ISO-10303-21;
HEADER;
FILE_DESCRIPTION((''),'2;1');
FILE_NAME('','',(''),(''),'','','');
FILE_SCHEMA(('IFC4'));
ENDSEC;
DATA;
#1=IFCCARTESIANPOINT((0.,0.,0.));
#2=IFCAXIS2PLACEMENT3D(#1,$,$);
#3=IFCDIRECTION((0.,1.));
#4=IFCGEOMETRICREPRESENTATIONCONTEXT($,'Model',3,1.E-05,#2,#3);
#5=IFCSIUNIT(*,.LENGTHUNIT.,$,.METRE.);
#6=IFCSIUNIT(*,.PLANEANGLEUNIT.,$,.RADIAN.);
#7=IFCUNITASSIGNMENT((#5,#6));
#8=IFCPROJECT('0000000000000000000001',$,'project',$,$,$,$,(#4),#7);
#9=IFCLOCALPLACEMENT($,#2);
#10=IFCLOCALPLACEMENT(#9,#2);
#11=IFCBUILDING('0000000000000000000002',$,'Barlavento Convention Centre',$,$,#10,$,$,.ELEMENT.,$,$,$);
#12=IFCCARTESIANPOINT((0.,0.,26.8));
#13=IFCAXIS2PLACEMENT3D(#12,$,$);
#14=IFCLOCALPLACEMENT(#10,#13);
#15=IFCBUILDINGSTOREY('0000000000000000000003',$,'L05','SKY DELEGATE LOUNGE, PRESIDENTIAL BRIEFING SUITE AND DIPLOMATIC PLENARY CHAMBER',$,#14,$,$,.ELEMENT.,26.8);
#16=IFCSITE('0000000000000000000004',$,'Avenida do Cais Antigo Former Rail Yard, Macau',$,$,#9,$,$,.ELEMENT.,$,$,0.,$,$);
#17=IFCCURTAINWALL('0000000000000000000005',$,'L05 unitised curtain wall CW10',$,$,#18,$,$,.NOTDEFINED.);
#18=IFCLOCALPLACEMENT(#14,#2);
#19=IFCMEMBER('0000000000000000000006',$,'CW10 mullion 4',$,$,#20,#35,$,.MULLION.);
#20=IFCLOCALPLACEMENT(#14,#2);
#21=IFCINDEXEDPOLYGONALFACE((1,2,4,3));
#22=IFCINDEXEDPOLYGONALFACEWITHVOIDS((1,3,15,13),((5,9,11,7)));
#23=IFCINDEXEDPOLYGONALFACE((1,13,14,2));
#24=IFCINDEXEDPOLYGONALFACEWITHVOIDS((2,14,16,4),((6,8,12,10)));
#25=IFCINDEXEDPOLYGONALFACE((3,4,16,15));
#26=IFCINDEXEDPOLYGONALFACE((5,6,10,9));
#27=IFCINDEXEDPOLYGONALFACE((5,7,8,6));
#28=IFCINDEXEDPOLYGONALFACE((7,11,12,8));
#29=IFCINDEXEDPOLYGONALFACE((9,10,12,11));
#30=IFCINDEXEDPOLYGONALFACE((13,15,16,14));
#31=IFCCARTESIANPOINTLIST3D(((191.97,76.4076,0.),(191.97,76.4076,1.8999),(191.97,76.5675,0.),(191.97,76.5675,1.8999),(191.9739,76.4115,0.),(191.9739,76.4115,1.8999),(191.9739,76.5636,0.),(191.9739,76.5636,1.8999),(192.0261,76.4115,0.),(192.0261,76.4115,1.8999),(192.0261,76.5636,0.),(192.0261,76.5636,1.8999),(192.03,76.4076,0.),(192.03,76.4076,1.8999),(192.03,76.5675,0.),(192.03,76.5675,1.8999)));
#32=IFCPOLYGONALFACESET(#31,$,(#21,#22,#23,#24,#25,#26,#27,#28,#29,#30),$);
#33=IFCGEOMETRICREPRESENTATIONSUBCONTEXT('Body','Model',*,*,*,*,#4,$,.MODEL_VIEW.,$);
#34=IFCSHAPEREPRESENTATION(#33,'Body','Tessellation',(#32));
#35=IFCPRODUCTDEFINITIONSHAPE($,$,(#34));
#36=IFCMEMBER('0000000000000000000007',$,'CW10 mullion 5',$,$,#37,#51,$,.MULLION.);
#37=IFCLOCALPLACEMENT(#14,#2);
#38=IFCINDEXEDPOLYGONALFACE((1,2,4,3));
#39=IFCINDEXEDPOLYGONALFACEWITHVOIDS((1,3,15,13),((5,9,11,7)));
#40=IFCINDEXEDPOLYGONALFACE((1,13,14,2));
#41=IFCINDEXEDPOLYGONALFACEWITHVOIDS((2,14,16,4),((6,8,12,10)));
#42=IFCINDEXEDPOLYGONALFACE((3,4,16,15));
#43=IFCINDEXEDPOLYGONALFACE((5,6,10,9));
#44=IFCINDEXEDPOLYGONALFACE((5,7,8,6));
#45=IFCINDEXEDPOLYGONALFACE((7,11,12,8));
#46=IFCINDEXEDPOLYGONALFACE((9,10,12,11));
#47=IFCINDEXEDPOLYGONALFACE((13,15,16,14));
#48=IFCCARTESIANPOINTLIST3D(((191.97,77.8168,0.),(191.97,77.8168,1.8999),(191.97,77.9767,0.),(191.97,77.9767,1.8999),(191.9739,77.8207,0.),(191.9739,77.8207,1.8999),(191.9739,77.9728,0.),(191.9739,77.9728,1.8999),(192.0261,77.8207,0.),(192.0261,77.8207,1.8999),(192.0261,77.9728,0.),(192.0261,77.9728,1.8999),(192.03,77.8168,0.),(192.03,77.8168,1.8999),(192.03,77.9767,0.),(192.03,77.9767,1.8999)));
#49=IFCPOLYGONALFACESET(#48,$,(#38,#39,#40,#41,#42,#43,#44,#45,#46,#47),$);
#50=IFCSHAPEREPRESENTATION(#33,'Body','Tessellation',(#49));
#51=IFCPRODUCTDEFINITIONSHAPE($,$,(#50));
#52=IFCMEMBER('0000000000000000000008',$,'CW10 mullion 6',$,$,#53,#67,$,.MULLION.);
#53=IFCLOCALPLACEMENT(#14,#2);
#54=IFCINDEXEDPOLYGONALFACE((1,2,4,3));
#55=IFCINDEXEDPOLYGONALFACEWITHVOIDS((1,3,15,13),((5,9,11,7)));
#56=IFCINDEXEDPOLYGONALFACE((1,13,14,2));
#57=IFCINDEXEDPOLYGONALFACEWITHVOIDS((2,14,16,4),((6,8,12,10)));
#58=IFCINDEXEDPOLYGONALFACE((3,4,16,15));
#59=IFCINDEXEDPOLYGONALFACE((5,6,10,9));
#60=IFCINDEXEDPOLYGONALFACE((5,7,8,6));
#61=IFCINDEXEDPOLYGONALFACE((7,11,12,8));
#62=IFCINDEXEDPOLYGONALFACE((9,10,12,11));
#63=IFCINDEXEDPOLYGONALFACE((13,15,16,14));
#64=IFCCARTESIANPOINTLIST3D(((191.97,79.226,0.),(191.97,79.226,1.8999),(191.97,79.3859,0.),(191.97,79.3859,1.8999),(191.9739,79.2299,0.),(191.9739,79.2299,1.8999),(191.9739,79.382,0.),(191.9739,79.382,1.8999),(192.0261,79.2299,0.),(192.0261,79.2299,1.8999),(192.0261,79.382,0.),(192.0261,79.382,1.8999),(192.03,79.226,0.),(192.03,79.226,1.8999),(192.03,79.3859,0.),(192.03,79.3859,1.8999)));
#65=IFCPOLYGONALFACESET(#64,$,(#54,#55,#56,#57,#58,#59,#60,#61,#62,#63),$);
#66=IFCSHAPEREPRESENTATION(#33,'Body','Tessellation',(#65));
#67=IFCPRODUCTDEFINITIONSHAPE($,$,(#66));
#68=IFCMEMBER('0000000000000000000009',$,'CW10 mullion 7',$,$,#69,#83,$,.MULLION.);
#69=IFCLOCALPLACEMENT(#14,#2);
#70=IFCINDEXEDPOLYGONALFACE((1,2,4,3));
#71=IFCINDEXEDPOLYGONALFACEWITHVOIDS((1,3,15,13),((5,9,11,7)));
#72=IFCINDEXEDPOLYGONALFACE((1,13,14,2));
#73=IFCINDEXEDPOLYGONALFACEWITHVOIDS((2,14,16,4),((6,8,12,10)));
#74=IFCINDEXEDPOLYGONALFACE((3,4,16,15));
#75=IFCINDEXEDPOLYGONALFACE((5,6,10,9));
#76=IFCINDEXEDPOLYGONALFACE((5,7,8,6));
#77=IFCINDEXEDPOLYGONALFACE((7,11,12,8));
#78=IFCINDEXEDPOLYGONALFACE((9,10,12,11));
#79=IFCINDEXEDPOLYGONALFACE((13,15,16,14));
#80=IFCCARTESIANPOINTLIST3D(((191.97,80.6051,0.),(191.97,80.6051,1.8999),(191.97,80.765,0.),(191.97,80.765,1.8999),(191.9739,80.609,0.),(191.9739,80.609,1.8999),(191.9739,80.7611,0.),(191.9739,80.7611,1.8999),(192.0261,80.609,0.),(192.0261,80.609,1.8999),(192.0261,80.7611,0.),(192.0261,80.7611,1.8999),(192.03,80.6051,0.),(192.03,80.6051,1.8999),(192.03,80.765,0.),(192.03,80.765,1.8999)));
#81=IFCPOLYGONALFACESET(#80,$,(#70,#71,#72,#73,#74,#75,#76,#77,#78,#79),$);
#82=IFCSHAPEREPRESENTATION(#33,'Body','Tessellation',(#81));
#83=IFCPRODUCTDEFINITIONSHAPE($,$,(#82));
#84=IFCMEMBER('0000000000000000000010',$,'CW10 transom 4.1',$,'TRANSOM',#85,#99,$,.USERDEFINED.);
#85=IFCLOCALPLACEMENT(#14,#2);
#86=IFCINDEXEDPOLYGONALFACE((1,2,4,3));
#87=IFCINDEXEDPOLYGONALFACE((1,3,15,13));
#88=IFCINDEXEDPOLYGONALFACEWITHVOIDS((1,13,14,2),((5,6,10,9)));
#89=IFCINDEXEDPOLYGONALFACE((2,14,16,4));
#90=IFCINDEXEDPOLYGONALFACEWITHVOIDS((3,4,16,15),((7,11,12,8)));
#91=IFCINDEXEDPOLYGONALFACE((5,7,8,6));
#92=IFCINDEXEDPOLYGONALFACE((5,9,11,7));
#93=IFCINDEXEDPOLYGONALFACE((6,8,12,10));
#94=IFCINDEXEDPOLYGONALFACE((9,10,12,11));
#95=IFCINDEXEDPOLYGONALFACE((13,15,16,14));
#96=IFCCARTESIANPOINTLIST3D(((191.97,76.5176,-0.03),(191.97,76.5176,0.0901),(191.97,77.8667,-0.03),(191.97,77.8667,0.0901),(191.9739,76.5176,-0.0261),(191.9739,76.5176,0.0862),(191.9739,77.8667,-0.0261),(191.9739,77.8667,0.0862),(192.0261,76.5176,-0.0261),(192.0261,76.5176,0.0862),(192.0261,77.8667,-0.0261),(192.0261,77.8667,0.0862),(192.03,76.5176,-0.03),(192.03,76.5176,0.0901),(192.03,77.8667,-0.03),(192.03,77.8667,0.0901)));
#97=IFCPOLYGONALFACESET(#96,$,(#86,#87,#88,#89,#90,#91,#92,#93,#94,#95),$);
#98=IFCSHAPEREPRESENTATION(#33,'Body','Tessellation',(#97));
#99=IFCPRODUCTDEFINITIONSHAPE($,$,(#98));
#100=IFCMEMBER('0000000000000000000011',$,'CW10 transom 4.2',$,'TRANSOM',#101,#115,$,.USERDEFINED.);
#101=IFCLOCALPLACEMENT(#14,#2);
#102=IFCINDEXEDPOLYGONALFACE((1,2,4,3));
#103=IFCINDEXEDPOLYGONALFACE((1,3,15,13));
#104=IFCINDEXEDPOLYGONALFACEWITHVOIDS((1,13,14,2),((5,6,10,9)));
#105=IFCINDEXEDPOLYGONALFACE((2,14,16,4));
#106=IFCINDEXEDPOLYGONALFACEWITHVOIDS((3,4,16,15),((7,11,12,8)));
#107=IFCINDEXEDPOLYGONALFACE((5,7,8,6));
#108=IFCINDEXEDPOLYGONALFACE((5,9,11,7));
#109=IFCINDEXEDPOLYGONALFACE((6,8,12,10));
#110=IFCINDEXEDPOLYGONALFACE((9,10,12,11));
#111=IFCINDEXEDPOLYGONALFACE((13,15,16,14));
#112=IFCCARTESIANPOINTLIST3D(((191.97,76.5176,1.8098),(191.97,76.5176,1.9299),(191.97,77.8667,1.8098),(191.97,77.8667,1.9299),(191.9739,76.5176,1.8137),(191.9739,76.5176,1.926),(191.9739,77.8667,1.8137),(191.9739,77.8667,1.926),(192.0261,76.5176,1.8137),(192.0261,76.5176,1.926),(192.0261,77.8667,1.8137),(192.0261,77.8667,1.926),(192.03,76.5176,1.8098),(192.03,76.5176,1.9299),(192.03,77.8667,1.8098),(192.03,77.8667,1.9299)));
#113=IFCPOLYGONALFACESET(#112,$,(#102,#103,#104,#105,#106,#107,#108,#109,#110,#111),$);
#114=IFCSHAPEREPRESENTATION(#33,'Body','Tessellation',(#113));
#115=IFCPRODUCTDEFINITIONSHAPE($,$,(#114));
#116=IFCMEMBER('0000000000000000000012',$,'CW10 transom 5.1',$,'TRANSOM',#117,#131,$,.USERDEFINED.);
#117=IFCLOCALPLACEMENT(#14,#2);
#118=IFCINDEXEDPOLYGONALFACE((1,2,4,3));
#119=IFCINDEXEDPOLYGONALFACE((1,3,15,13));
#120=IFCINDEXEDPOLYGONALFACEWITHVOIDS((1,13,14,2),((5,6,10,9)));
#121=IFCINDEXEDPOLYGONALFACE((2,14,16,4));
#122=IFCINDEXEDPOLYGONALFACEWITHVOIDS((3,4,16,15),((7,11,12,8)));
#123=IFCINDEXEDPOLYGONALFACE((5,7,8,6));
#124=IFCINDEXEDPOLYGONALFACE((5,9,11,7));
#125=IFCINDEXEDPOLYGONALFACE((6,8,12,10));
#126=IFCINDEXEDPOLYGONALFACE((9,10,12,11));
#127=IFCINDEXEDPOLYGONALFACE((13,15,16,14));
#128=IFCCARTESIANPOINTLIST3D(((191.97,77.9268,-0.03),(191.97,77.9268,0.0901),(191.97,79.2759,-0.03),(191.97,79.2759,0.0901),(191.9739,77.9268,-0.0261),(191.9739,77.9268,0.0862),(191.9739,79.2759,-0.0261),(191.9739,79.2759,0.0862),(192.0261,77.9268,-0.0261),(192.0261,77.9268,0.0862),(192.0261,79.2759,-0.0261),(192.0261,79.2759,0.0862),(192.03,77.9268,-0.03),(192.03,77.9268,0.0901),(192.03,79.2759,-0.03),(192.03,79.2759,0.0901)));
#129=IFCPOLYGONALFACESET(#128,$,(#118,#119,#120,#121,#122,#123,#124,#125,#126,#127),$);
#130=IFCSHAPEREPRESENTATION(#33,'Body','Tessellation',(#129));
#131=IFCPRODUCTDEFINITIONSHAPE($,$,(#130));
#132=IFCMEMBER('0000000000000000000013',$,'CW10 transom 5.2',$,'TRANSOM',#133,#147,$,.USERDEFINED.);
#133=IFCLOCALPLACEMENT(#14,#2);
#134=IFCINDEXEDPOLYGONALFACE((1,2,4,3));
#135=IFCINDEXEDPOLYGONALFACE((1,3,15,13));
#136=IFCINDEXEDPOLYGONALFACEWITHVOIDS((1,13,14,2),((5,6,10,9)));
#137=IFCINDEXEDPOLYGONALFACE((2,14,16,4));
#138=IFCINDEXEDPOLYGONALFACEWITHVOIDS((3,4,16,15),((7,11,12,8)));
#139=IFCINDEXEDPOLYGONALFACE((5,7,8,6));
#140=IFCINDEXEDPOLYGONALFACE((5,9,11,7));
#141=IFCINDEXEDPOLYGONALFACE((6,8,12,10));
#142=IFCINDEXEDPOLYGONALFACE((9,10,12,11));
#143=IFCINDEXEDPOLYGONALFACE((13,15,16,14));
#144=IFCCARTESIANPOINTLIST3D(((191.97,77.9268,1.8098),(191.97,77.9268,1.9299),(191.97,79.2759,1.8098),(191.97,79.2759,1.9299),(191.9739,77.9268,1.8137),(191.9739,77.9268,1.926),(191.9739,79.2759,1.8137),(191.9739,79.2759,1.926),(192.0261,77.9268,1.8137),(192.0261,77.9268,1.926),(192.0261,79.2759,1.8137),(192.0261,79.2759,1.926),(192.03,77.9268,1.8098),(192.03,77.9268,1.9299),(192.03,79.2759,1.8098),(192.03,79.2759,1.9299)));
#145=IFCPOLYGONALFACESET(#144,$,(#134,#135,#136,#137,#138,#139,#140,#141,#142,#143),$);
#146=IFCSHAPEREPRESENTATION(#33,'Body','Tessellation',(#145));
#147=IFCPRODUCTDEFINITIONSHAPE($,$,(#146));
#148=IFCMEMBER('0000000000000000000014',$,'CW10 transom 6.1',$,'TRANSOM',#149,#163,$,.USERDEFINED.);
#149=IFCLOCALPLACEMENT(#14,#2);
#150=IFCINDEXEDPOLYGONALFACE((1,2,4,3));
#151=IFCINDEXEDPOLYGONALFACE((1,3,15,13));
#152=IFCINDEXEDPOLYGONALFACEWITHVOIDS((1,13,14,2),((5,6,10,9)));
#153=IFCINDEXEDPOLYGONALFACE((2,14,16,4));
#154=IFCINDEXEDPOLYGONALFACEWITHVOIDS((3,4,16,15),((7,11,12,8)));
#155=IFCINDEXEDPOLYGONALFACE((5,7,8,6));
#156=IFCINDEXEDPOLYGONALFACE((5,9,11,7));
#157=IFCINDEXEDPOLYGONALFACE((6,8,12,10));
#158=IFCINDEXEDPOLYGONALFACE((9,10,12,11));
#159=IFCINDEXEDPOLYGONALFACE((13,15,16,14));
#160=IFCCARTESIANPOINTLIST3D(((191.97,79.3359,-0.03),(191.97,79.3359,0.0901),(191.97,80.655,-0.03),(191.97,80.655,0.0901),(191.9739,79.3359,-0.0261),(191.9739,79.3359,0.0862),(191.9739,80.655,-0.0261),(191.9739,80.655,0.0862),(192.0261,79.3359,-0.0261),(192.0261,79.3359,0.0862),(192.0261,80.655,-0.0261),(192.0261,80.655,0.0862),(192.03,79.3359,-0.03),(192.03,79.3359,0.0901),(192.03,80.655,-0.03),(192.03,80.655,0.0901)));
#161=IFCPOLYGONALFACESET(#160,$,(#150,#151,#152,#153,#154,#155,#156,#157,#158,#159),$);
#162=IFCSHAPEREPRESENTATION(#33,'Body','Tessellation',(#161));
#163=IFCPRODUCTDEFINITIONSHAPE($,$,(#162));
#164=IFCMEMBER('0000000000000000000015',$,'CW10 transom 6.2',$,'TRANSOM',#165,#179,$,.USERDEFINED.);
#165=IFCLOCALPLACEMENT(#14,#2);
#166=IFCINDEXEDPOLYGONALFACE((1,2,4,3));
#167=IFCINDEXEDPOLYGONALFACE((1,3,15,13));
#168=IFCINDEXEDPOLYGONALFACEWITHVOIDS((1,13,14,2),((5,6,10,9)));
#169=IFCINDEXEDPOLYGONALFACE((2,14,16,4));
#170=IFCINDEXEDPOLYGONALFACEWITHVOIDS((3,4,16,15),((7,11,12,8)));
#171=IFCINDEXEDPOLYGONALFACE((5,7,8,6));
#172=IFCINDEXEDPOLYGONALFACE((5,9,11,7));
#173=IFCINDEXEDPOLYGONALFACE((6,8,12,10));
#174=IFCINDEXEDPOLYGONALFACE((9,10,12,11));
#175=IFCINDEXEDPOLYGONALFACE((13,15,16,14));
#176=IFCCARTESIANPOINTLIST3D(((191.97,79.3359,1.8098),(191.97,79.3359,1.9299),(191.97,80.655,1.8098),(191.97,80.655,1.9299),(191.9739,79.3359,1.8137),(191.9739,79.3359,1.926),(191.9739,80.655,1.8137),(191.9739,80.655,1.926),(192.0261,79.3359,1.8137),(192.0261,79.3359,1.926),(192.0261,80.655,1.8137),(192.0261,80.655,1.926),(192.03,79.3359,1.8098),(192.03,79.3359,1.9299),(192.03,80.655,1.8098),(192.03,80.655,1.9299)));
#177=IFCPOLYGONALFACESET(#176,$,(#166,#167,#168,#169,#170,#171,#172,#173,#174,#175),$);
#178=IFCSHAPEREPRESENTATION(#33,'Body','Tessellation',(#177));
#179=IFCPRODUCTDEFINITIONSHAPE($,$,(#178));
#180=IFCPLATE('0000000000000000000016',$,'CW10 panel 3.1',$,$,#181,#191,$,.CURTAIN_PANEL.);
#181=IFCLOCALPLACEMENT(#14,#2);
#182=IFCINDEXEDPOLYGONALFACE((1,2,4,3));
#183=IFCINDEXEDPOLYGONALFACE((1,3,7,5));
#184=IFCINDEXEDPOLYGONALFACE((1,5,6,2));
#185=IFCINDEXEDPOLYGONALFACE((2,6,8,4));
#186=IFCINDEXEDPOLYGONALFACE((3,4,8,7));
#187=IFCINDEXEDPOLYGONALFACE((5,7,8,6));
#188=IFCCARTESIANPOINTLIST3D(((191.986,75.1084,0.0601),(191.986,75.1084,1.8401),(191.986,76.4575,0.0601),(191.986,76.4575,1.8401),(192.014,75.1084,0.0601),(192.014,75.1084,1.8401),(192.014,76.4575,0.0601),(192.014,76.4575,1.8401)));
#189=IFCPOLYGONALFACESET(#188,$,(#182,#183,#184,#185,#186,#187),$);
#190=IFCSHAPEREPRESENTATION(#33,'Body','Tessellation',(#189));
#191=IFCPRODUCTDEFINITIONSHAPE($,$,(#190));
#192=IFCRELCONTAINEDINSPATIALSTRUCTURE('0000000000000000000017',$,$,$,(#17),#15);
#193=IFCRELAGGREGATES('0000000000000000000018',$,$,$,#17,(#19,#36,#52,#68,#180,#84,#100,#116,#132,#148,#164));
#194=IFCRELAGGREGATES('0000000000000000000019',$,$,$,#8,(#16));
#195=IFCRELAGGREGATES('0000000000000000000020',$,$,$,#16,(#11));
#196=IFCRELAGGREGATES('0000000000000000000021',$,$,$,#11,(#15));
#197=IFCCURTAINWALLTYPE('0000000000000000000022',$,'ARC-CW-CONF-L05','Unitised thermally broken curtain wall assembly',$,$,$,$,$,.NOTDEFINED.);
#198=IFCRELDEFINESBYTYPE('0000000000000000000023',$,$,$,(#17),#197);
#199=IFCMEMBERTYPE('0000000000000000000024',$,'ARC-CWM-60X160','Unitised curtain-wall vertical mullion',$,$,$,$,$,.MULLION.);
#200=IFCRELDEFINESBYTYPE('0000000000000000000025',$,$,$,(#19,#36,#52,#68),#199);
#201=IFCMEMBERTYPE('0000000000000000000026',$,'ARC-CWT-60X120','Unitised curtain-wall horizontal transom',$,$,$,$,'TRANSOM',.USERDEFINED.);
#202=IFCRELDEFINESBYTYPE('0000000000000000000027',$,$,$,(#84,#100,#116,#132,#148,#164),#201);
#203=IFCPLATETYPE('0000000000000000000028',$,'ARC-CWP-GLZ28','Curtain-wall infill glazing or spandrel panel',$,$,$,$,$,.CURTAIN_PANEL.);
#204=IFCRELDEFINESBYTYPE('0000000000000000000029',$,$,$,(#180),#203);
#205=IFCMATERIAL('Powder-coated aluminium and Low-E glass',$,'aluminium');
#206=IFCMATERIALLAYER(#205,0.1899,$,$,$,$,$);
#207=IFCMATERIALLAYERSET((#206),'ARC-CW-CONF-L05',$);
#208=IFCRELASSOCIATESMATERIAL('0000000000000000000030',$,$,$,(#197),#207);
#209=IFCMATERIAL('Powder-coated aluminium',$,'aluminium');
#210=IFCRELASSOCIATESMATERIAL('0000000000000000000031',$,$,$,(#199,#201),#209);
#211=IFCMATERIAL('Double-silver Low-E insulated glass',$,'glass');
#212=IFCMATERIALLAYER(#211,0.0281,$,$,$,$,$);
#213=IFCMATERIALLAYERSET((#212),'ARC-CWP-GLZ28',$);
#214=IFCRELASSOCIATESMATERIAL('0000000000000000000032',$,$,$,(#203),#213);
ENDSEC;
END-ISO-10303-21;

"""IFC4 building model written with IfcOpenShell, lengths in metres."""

from ifc_helpers import new_model, si_unit, direction, frame, origin, origin_2d, place, context, subcontext, project, spatial, rectangle, hollow_rectangle, extrude, material, layer, layer_set, material_profile, profile_set, type_object, element, aggregate, save


model = new_model("IFC4")

# Units and contexts
model_context = context("Model", 3, precision=1e-05, world=origin(), true_north=direction((0.0, 1.0)))
body_context = subcontext(model_context, "Body", "Model", "MODEL_VIEW")
ifc_project = project(units=[si_unit("LENGTHUNIT", "METRE"), si_unit("PLANEANGLEUNIT", "RADIAN")], contexts=[model_context])

# Site, building, storey
site_placement = place(None, origin())
site = spatial("IfcSite", under=ifc_project, at=site_placement, Name="Avenida do Cais Antigo Former Rail Yard, Macau", CompositionType="ELEMENT", RefElevation=0.0)
building_placement = place(site_placement, origin())
building = spatial("IfcBuilding", under=site, at=building_placement, Name="Barlavento Convention Centre", CompositionType="ELEMENT")
storey_placement = place(building_placement, frame((0.0, 0.0, 26.8)))
storey = spatial("IfcBuildingStorey", under=building, at=storey_placement, Name="L05", Description="SKY DELEGATE LOUNGE, PRESIDENTIAL BRIEFING SUITE AND DIPLOMATIC PLENARY CHAMBER", CompositionType="ELEMENT", Elevation=26.8)

# Curtain wall, members, plate
ifc_material_1 = material(Name="Powder-coated aluminium and Low-E glass", Category="aluminium")
ifc_layer_1 = layer(ifc_material_1, 0.1899)
ifc_layer_set_1 = layer_set([ifc_layer_1], Name="ARC-CW-CONF-L05")
curtain_wall_type = type_object("IfcCurtainWallType", Name="ARC-CW-CONF-L05", Description="Unitised thermally broken curtain wall assembly", PredefinedType="NOTDEFINED", material=ifc_layer_set_1)
curtain_wall_placement = place(storey_placement, origin())
curtain_wall = element("IfcCurtainWall", 1, at=curtain_wall_placement, inside=storey, type_object=curtain_wall_type, Name="L05 unitised curtain wall CW10", PredefinedType="NOTDEFINED")
ifc_material_2 = material(Name="Powder-coated aluminium", Category="aluminium")
ifc_material_profile_1 = material_profile(ifc_material_2, hollow_rectangle(XDim=0.0601, YDim=0.1599, WallThickness=0.0039, at=origin_2d()), Name="AL-MULL 60x160x4")
ifc_profile_set_1 = profile_set([ifc_material_profile_1], Name="Powder-coated aluminium")
member_type_1 = type_object("IfcMemberType", Name="ARC-CWM-60X160", Description="Unitised curtain-wall vertical mullion", PredefinedType="MULLION", material=ifc_profile_set_1)
member_1_placement = place(storey_placement, frame((192.0, 76.4875, 0.0), z_axis=(0.0, 0.0, 1.0), x_axis=(-1.0, 0.0, 0.0)))
member_1 = element("IfcMember", 2, at=member_1_placement, type_object=member_type_1, Name="CW10 mullion 4", PredefinedType="MULLION", context=body_context, shape_type="SweptSolid", body=[
    extrude(hollow_rectangle(XDim=0.0601, YDim=0.1599, WallThickness=0.0039, at=origin_2d()), origin(), (0.0, 0.0, 1.0), 1.8999),
])
member_2_placement = place(storey_placement, frame((192.0, 77.8967, 0.0), z_axis=(0.0, 0.0, 1.0), x_axis=(-1.0, 0.0, 0.0)))
member_2 = element("IfcMember", 3, at=member_2_placement, type_object=member_type_1, Name="CW10 mullion 5", PredefinedType="MULLION", context=body_context, shape_type="SweptSolid", body=[
    extrude(hollow_rectangle(XDim=0.0601, YDim=0.1599, WallThickness=0.0039, at=origin_2d()), origin(), (0.0, 0.0, 1.0), 1.8999),
])
member_3_placement = place(storey_placement, frame((192.0, 79.3059, 0.0), z_axis=(0.0, 0.0, 1.0), x_axis=(-1.0, 0.0, 0.0)))
member_3 = element("IfcMember", 4, at=member_3_placement, type_object=member_type_1, Name="CW10 mullion 6", PredefinedType="MULLION", context=body_context, shape_type="SweptSolid", body=[
    extrude(hollow_rectangle(XDim=0.0601, YDim=0.1599, WallThickness=0.0039, at=origin_2d()), origin(), (0.0, 0.0, 1.0), 1.8999),
])
member_4_placement = place(storey_placement, frame((192.0, 80.6851, 0.0), z_axis=(0.0, 0.0, 1.0), x_axis=(-1.0, 0.0, 0.0)))
member_4 = element("IfcMember", 5, at=member_4_placement, type_object=member_type_1, Name="CW10 mullion 7", PredefinedType="MULLION", context=body_context, shape_type="SweptSolid", body=[
    extrude(hollow_rectangle(XDim=0.0601, YDim=0.1599, WallThickness=0.0039, at=origin_2d()), origin(), (0.0, 0.0, 1.0), 1.8999),
])
ifc_material_profile_2 = material_profile(ifc_material_2, hollow_rectangle(XDim=0.0601, YDim=0.1201, WallThickness=0.0039, at=origin_2d()), Name="AL-TRAN 60x120x4")
ifc_profile_set_2 = profile_set([ifc_material_profile_2], Name="Powder-coated aluminium")
member_type_2 = type_object("IfcMemberType", Name="ARC-CWT-60X120", Description="Unitised curtain-wall horizontal transom", ElementType="TRANSOM", PredefinedType="USERDEFINED", material=ifc_profile_set_2)
member_5_placement = place(storey_placement, frame((192.0, 76.5176, 0.03), z_axis=(0.0, 1.0, 0.0), x_axis=(-1.0, 0.0, 0.0)))
member_5 = element("IfcMember", 6, at=member_5_placement, type_object=member_type_2, Name="CW10 transom 4.1", ObjectType="TRANSOM", PredefinedType="USERDEFINED", context=body_context, shape_type="SweptSolid", body=[
    extrude(hollow_rectangle(XDim=0.0601, YDim=0.1201, WallThickness=0.0039, at=origin_2d()), origin(), (0.0, 0.0, 1.0), 1.3491),
])
member_6_placement = place(storey_placement, frame((192.0, 76.5176, 1.8699), z_axis=(0.0, 1.0, 0.0), x_axis=(-1.0, 0.0, 0.0)))
member_6 = element("IfcMember", 7, at=member_6_placement, type_object=member_type_2, Name="CW10 transom 4.2", ObjectType="TRANSOM", PredefinedType="USERDEFINED", context=body_context, shape_type="SweptSolid", body=[
    extrude(hollow_rectangle(XDim=0.0601, YDim=0.1201, WallThickness=0.0039, at=origin_2d()), origin(), (0.0, 0.0, 1.0), 1.3491),
])
member_7_placement = place(storey_placement, frame((192.0, 77.9268, 0.03), z_axis=(0.0, 1.0, 0.0), x_axis=(-1.0, 0.0, 0.0)))
member_7 = element("IfcMember", 8, at=member_7_placement, type_object=member_type_2, Name="CW10 transom 5.1", ObjectType="TRANSOM", PredefinedType="USERDEFINED", context=body_context, shape_type="SweptSolid", body=[
    extrude(hollow_rectangle(XDim=0.0601, YDim=0.1201, WallThickness=0.0039, at=origin_2d()), origin(), (0.0, 0.0, 1.0), 1.3491),
])
member_8_placement = place(storey_placement, frame((192.0, 77.9268, 1.8699), z_axis=(0.0, 1.0, 0.0), x_axis=(-1.0, 0.0, 0.0)))
member_8 = element("IfcMember", 9, at=member_8_placement, type_object=member_type_2, Name="CW10 transom 5.2", ObjectType="TRANSOM", PredefinedType="USERDEFINED", context=body_context, shape_type="SweptSolid", body=[
    extrude(hollow_rectangle(XDim=0.0601, YDim=0.1201, WallThickness=0.0039, at=origin_2d()), origin(), (0.0, 0.0, 1.0), 1.3491),
])
member_9_placement = place(storey_placement, frame((192.0, 79.3359, 0.03), z_axis=(0.0, 1.0, 0.0), x_axis=(-1.0, 0.0, 0.0)))
member_9 = element("IfcMember", 10, at=member_9_placement, type_object=member_type_2, Name="CW10 transom 6.1", ObjectType="TRANSOM", PredefinedType="USERDEFINED", context=body_context, shape_type="SweptSolid", body=[
    extrude(hollow_rectangle(XDim=0.0601, YDim=0.1201, WallThickness=0.0039, at=origin_2d()), origin(), (0.0, 0.0, 1.0), 1.3191),
])
member_10_placement = place(storey_placement, frame((192.0, 79.3359, 1.8699), z_axis=(0.0, 1.0, 0.0), x_axis=(-1.0, 0.0, 0.0)))
member_10 = element("IfcMember", 11, at=member_10_placement, type_object=member_type_2, Name="CW10 transom 6.2", ObjectType="TRANSOM", PredefinedType="USERDEFINED", context=body_context, shape_type="SweptSolid", body=[
    extrude(hollow_rectangle(XDim=0.0601, YDim=0.1201, WallThickness=0.0039, at=origin_2d()), origin(), (0.0, 0.0, 1.0), 1.3191),
])
ifc_material_3 = material(Name="Double-silver Low-E insulated glass", Category="glass")
ifc_layer_2 = layer(ifc_material_3, 0.0281)
ifc_layer_set_2 = layer_set([ifc_layer_2], Name="ARC-CWP-GLZ28")
plate_type = type_object("IfcPlateType", Name="ARC-CWP-GLZ28", Description="Curtain-wall infill glazing or spandrel panel", PredefinedType="CURTAIN_PANEL", material=ifc_layer_set_2)
plate_1_placement = place(storey_placement, frame((192.0, 75.783, 0.0601), z_axis=(0.0, 0.0, 1.0), x_axis=(0.0, 1.0, 0.0)))
plate_1 = element("IfcPlate", 12, at=plate_1_placement, type_object=plate_type, Name="CW10 panel 3.1", PredefinedType="CURTAIN_PANEL", context=body_context, shape_type="SweptSolid", body=[
    extrude(rectangle(XDim=1.3491, YDim=0.0281, at=origin_2d()), origin(), (0.0, 0.0, 1.0), 1.78),
])
aggregate(curtain_wall, [member_1, member_2, member_3, member_4, plate_1, member_5, member_6, member_7, member_8, member_9, member_10])

save(model, "model.ifc")
